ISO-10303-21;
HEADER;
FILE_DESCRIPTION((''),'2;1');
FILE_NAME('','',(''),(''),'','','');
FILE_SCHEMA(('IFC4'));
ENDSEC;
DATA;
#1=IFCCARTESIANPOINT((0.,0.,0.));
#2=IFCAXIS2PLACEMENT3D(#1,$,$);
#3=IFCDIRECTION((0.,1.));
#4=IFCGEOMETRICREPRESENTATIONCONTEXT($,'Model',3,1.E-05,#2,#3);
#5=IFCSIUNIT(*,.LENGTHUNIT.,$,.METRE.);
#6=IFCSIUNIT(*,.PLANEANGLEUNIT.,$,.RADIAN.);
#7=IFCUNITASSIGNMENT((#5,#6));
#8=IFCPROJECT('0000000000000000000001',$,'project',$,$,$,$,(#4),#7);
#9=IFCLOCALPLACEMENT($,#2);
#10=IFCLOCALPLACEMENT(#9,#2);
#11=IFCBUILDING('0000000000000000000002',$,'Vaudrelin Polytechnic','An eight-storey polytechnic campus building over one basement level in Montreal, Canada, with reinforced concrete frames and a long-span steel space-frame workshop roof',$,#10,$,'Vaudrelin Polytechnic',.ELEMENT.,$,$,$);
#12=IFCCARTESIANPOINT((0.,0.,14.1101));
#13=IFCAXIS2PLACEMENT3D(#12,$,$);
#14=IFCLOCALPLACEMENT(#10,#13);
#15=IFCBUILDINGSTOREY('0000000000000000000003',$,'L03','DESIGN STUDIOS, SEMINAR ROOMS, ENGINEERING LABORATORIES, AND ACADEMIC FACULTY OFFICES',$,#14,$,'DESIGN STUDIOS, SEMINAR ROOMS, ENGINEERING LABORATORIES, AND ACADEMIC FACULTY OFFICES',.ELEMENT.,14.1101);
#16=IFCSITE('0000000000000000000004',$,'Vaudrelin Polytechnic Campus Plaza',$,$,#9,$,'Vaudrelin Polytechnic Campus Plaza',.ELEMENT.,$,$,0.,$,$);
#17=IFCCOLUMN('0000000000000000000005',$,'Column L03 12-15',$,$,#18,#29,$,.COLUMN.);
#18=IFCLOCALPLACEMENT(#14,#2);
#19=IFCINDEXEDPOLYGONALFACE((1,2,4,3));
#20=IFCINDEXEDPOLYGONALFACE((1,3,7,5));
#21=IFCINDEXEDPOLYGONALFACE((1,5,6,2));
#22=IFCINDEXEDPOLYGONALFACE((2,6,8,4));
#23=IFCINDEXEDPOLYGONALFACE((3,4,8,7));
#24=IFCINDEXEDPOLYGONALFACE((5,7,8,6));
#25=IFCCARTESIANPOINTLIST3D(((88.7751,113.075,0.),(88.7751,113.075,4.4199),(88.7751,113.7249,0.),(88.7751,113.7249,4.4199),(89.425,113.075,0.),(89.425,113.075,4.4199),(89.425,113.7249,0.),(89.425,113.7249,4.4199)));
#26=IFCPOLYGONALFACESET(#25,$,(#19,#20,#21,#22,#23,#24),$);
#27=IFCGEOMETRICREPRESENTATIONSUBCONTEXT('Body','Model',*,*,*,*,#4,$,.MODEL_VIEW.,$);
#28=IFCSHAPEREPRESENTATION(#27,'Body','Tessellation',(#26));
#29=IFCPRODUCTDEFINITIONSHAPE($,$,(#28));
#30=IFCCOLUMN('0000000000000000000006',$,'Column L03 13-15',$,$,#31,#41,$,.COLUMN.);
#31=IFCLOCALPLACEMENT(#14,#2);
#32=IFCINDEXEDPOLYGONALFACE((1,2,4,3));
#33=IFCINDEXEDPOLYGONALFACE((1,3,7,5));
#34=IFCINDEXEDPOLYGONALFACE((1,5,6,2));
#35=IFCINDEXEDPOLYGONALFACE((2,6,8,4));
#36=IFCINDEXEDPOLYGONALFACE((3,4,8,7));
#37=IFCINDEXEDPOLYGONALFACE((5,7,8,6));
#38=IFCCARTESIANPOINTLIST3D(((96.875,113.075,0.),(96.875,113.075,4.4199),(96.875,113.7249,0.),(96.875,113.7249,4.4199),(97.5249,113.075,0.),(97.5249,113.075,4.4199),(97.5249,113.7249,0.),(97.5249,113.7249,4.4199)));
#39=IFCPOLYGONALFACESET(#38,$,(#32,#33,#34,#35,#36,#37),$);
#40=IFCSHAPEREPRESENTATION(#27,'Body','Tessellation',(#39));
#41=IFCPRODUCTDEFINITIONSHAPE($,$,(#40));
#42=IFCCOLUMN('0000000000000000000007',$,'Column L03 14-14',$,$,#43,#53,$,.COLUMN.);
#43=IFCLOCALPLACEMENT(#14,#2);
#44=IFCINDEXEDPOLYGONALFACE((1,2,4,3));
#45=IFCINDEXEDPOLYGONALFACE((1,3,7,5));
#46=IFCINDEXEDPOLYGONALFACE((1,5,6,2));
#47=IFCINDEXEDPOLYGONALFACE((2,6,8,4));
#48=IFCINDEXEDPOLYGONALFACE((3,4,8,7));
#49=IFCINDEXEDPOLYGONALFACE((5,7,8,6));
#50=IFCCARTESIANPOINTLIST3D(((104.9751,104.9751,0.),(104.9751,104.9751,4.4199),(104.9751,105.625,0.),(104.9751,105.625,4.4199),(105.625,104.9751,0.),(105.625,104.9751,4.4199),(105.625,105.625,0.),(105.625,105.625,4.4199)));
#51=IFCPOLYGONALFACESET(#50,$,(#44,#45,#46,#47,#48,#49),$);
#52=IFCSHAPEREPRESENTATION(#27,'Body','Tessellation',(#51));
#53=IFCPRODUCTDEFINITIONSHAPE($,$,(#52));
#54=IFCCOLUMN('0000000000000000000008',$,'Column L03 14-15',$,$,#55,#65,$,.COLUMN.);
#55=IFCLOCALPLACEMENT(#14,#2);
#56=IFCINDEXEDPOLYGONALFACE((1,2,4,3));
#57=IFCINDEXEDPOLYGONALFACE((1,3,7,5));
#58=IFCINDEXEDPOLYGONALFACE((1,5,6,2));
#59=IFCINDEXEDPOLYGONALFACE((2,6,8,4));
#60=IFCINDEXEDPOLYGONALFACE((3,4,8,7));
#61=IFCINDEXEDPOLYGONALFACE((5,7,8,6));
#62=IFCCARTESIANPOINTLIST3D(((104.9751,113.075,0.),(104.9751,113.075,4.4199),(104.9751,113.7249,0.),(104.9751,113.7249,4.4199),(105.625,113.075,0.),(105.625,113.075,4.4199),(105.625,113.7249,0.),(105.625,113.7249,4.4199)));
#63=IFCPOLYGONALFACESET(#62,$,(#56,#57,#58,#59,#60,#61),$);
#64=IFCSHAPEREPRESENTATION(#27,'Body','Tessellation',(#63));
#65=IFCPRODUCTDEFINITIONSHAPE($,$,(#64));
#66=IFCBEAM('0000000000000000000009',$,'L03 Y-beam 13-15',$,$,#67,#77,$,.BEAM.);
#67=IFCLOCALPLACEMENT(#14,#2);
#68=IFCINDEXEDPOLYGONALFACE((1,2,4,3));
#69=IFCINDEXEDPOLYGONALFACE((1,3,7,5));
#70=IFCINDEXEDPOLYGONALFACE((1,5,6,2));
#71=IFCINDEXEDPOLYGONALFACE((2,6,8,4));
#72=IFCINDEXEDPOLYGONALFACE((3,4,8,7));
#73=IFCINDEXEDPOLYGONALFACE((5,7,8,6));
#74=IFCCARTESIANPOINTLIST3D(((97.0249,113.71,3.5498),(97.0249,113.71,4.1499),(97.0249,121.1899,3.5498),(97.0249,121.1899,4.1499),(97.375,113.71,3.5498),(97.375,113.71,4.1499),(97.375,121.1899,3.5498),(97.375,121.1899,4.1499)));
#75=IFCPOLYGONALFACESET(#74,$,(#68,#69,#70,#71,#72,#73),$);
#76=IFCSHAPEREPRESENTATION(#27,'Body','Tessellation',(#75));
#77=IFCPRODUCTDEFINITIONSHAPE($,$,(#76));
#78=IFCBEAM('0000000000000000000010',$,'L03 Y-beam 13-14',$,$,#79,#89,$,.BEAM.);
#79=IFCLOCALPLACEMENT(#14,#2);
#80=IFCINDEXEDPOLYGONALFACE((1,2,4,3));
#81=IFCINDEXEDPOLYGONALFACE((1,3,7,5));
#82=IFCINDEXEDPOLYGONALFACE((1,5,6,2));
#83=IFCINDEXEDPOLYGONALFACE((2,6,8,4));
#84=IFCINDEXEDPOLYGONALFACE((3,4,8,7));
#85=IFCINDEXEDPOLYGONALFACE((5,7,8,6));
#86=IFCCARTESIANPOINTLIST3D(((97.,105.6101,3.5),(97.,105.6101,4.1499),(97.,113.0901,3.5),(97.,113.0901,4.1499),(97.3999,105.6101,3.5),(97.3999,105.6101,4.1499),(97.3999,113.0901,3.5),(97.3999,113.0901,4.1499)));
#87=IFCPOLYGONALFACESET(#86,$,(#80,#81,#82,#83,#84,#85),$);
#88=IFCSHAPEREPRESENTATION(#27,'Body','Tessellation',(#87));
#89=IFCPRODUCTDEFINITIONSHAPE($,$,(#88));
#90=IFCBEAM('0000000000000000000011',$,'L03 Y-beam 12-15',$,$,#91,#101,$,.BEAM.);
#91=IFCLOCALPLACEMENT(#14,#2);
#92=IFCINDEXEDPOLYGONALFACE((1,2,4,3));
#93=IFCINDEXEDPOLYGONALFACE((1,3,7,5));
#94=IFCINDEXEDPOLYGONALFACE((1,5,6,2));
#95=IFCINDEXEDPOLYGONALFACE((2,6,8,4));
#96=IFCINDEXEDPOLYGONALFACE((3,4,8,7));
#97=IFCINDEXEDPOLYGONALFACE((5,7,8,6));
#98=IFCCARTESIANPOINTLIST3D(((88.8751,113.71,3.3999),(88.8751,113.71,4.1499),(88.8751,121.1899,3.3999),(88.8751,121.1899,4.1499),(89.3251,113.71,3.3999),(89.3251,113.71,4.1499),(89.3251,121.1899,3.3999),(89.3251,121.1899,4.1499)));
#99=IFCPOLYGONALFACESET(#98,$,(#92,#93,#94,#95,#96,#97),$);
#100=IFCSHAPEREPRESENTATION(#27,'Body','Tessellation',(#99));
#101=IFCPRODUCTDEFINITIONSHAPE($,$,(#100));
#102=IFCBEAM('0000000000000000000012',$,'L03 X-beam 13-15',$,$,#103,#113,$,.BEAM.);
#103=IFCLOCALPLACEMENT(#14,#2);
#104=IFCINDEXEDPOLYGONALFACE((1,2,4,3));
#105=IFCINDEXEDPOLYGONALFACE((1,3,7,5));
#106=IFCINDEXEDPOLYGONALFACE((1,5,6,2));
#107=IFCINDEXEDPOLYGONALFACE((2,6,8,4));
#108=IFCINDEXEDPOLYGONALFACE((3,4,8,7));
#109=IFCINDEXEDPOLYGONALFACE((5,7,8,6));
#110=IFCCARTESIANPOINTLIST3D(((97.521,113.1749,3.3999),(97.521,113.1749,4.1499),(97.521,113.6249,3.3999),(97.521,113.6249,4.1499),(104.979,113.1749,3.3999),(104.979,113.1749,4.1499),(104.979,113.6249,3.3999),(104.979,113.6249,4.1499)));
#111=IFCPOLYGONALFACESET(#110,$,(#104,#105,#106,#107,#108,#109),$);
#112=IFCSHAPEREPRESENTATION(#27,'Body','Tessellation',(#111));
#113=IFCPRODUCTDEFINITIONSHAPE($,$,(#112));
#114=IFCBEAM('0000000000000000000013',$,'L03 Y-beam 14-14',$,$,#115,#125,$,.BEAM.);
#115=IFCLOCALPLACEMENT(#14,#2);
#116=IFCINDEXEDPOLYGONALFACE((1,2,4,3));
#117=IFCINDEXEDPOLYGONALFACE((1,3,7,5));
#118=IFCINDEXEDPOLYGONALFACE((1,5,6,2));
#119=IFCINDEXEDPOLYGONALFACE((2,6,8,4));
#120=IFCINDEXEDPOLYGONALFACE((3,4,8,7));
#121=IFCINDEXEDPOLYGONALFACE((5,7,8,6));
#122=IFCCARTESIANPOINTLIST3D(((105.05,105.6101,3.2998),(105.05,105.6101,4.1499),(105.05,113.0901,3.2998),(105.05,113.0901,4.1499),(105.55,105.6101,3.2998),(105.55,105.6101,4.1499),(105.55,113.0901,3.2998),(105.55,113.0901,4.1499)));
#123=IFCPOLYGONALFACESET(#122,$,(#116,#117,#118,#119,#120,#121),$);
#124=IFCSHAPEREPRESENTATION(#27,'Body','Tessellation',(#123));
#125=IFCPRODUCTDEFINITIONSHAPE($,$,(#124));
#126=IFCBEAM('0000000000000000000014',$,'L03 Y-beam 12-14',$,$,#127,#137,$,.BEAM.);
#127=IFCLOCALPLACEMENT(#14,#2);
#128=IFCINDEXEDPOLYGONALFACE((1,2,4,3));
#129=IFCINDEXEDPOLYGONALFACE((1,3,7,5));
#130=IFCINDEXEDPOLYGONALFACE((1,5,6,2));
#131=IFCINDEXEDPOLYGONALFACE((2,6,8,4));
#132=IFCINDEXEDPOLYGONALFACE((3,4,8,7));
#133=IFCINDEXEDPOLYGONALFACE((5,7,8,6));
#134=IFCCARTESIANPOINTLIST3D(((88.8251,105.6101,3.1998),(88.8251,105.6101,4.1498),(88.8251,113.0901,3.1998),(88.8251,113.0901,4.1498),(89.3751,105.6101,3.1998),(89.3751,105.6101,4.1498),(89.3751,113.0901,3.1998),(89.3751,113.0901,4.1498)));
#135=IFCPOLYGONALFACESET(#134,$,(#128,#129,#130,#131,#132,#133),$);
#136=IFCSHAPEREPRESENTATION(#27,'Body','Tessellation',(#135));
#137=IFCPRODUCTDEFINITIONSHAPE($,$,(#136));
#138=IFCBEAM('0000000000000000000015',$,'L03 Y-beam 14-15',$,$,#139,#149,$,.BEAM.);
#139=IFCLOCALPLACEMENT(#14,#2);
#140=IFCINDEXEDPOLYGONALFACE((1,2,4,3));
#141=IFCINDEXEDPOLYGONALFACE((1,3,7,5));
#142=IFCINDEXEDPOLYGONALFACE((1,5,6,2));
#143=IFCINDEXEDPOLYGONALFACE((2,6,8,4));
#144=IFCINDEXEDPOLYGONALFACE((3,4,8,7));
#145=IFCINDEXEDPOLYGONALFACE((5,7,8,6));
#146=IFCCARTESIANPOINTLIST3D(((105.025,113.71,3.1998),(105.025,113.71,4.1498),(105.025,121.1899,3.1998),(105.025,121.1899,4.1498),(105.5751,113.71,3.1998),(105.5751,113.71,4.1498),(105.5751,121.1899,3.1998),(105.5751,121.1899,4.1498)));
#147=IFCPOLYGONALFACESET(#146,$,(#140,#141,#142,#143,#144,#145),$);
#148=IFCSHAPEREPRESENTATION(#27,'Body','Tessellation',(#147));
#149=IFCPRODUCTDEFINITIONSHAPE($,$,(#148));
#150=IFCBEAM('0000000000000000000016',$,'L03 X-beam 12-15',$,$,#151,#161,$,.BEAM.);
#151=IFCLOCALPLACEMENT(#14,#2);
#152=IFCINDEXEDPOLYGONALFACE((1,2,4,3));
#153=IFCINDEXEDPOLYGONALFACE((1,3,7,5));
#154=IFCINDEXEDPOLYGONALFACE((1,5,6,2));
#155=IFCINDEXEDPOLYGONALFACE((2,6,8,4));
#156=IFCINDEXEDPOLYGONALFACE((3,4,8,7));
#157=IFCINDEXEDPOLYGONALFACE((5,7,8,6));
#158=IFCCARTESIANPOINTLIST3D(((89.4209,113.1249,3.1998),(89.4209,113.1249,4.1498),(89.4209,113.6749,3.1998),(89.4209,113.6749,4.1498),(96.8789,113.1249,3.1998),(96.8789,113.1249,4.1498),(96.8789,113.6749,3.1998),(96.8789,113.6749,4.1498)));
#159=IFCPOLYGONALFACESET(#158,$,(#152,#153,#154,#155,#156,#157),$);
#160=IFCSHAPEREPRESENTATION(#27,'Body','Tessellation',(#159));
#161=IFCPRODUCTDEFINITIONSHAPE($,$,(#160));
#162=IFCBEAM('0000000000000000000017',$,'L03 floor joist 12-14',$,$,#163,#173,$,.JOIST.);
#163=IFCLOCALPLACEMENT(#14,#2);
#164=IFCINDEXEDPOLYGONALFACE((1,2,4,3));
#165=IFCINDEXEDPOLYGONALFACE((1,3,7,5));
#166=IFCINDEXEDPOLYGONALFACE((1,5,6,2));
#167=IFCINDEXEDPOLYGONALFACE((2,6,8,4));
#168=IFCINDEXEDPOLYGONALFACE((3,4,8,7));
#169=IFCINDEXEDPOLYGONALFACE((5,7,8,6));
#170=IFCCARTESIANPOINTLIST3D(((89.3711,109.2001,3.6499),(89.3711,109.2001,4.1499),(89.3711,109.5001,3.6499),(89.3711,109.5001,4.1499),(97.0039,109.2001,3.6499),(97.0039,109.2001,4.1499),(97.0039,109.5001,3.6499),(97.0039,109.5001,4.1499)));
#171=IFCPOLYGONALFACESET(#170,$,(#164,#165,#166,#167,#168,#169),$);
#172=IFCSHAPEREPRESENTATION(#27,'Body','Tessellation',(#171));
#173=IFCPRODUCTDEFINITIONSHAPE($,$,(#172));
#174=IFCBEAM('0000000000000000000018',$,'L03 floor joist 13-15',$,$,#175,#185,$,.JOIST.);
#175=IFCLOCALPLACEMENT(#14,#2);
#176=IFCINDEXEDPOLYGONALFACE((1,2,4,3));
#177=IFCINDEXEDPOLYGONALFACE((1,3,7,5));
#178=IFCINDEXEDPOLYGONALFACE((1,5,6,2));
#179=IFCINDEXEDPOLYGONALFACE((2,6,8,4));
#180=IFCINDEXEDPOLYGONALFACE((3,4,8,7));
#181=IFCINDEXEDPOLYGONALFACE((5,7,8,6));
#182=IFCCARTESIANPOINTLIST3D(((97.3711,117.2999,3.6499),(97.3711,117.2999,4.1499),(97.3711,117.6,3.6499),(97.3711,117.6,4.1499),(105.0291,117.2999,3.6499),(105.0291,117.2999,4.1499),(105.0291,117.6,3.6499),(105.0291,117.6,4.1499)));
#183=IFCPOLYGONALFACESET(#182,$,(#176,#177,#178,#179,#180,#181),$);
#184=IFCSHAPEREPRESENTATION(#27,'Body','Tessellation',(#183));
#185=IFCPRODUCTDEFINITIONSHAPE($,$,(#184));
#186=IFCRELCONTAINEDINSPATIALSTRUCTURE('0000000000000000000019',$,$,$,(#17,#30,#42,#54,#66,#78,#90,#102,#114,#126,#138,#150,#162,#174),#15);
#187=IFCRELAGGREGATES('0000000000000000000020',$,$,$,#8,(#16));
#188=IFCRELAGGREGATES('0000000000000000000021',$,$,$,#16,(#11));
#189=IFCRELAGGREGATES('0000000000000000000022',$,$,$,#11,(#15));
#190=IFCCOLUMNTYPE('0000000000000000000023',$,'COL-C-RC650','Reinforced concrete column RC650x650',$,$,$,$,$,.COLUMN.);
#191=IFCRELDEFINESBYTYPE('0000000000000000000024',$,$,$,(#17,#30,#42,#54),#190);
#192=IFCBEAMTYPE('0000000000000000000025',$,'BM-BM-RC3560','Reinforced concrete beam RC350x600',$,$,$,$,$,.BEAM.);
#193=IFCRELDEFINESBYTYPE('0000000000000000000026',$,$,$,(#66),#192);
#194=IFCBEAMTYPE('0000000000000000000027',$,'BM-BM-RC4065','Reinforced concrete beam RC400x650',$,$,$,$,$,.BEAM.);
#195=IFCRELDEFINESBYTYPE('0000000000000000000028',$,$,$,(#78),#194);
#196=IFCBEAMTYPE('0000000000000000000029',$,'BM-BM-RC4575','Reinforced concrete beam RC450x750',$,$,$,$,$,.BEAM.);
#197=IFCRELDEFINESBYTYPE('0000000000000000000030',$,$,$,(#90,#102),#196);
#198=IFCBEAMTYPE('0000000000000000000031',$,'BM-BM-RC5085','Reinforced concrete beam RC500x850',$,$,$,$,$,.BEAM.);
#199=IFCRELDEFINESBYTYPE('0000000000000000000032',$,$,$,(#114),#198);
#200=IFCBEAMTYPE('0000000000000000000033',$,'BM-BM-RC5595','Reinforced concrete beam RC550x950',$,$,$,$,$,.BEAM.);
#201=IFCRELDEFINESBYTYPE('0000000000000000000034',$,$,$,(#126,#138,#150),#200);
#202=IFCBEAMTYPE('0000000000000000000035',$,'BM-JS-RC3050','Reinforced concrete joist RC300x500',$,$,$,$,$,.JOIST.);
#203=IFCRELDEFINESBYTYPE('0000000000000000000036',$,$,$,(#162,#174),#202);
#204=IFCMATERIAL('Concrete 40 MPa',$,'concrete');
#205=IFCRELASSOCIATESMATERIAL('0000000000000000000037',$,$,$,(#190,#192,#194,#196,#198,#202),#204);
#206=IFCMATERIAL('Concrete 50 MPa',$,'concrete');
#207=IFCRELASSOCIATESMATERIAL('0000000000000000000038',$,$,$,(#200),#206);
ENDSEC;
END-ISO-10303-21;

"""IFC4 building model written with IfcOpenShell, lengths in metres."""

from ifc_helpers import new_model, si_unit, direction, frame, origin, origin_2d, place, context, subcontext, project, spatial, rectangle, extrude, material, material_profile, profile_set, type_object, element, save


model = new_model("IFC4")

# Units and contexts
model_context = context("Model", 3, precision=1e-05, world=origin(), true_north=direction((0.0, 1.0)))
body_context = subcontext(model_context, "Body", "Model", "MODEL_VIEW")
ifc_project = project(units=[si_unit("LENGTHUNIT", "METRE"), si_unit("PLANEANGLEUNIT", "RADIAN")], contexts=[model_context])

# Site, building, storey
site_placement = place(None, origin())
site = spatial("IfcSite", under=ifc_project, at=site_placement, Name="Vaudrelin Polytechnic Campus Plaza", LongName="Vaudrelin Polytechnic Campus Plaza", CompositionType="ELEMENT", RefElevation=0.0)
building_placement = place(site_placement, origin())
building = spatial("IfcBuilding", under=site, at=building_placement, Name="Vaudrelin Polytechnic", Description="An eight-storey polytechnic campus building over one basement level in Montreal, Canada, with reinforced concrete frames and a long-span steel space-frame workshop roof", LongName="Vaudrelin Polytechnic", CompositionType="ELEMENT")
storey_placement = place(building_placement, frame((0.0, 0.0, 14.1101)))
storey = spatial("IfcBuildingStorey", under=building, at=storey_placement, Name="L03", Description="DESIGN STUDIOS, SEMINAR ROOMS, ENGINEERING LABORATORIES, AND ACADEMIC FACULTY OFFICES", LongName="DESIGN STUDIOS, SEMINAR ROOMS, ENGINEERING LABORATORIES, AND ACADEMIC FACULTY OFFICES", CompositionType="ELEMENT", Elevation=14.1101)

# Columns
ifc_material_1 = material(Name="Concrete 40 MPa", Category="concrete")
ifc_material_profile_1 = material_profile(ifc_material_1, rectangle(XDim=0.6499, YDim=0.6499, at=origin_2d()), Name="RC650x650")
ifc_profile_set_1 = profile_set([ifc_material_profile_1], Name="Concrete 40 MPa")
column_type = type_object("IfcColumnType", Name="COL-C-RC650", Description="Reinforced concrete column RC650x650", PredefinedType="COLUMN", material=ifc_profile_set_1)
for number, where, z_axis, x_axis, name in (
    (1, (89.1001, 113.3999, 0.0), (0.0, 0.0, 1.0), (1.0, 0.0, 0.0), "Column L03 12-15"),
    (2, (97.2, 113.3999, 0.0), (0.0, 0.0, 1.0), (1.0, 0.0, 0.0), "Column L03 13-15"),
    (3, (105.3, 105.3, 0.0), (0.0, 0.0, 1.0), (1.0, 0.0, 0.0), "Column L03 14-14"),
    (4, (105.3, 113.3999, 0.0), (0.0, 0.0, 1.0), (1.0, 0.0, 0.0), "Column L03 14-15"),
):
    element("IfcColumn", number, at=place(storey_placement, frame(where, z_axis=z_axis, x_axis=x_axis)), inside=storey, type_object=column_type, Name=name, PredefinedType="COLUMN", context=body_context, shape_type="SweptSolid", body=[
        extrude(rectangle(XDim=0.6499, YDim=0.6499, at=origin_2d()), origin(), (0.0, 0.0, 1.0), 4.4199),
    ])

# Beams
ifc_material_profile_2 = material_profile(ifc_material_1, rectangle(XDim=0.3501, YDim=0.6001, at=origin_2d()), Name="RC350x600")
ifc_profile_set_2 = profile_set([ifc_material_profile_2], Name="Concrete 40 MPa")
beam_type_1 = type_object("IfcBeamType", Name="BM-BM-RC3560", Description="Reinforced concrete beam RC350x600", PredefinedType="BEAM", material=ifc_profile_set_2)
beam_1_placement = place(storey_placement, frame((97.2, 113.71, 3.8499), z_axis=(0.0, 1.0, 0.0), x_axis=(-1.0, 0.0, 0.0)))
element("IfcBeam", 5, at=beam_1_placement, inside=storey, type_object=beam_type_1, Name="L03 Y-beam 13-15", PredefinedType="BEAM", context=body_context, shape_type="SweptSolid", body=[
    extrude(rectangle(XDim=0.3501, YDim=0.6001, at=origin_2d()), origin(), (0.0, 0.0, 1.0), 7.48),
])
ifc_material_profile_3 = material_profile(ifc_material_1, rectangle(XDim=0.3999, YDim=0.6499, at=origin_2d()), Name="RC400x650")
ifc_profile_set_3 = profile_set([ifc_material_profile_3], Name="Concrete 40 MPa")
beam_type_2 = type_object("IfcBeamType", Name="BM-BM-RC4065", Description="Reinforced concrete beam RC400x650", PredefinedType="BEAM", material=ifc_profile_set_3)
beam_2_placement = place(storey_placement, frame((97.2, 105.6101, 3.825), z_axis=(0.0, 1.0, 0.0), x_axis=(-1.0, 0.0, 0.0)))
element("IfcBeam", 6, at=beam_2_placement, inside=storey, type_object=beam_type_2, Name="L03 Y-beam 13-14", PredefinedType="BEAM", context=body_context, shape_type="SweptSolid", body=[
    extrude(rectangle(XDim=0.3999, YDim=0.6499, at=origin_2d()), origin(), (0.0, 0.0, 1.0), 7.48),
])
ifc_material_profile_4 = material_profile(ifc_material_1, rectangle(XDim=0.45, YDim=0.75, at=origin_2d()), Name="RC450x750")
ifc_profile_set_4 = profile_set([ifc_material_profile_4], Name="Concrete 40 MPa")
beam_type_3 = type_object("IfcBeamType", Name="BM-BM-RC4575", Description="Reinforced concrete beam RC450x750", PredefinedType="BEAM", material=ifc_profile_set_4)
beam_3_placement = place(storey_placement, frame((89.1001, 113.71, 3.7749), z_axis=(0.0, 1.0, 0.0), x_axis=(-1.0, 0.0, 0.0)))
element("IfcBeam", 7, at=beam_3_placement, inside=storey, type_object=beam_type_3, Name="L03 Y-beam 12-15", PredefinedType="BEAM", context=body_context, shape_type="SweptSolid", body=[
    extrude(rectangle(XDim=0.45, YDim=0.75, at=origin_2d()), origin(), (0.0, 0.0, 1.0), 7.48),
])
beam_4_placement = place(storey_placement, frame((97.521, 113.3999, 3.7749), z_axis=(1.0, 0.0, 0.0), x_axis=(0.0, 1.0, 0.0)))
element("IfcBeam", 8, at=beam_4_placement, inside=storey, type_object=beam_type_3, Name="L03 X-beam 13-15", PredefinedType="BEAM", context=body_context, shape_type="SweptSolid", body=[
    extrude(rectangle(XDim=0.45, YDim=0.75, at=origin_2d()), origin(), (0.0, 0.0, 1.0), 7.458),
])
ifc_material_profile_5 = material_profile(ifc_material_1, rectangle(XDim=0.5, YDim=0.8501, at=origin_2d()), Name="RC500x850")
ifc_profile_set_5 = profile_set([ifc_material_profile_5], Name="Concrete 40 MPa")
beam_type_4 = type_object("IfcBeamType", Name="BM-BM-RC5085", Description="Reinforced concrete beam RC500x850", PredefinedType="BEAM", material=ifc_profile_set_5)
beam_5_placement = place(storey_placement, frame((105.3, 105.6101, 3.7249), z_axis=(0.0, 1.0, 0.0), x_axis=(-1.0, 0.0, 0.0)))
element("IfcBeam", 9, at=beam_5_placement, inside=storey, type_object=beam_type_4, Name="L03 Y-beam 14-14", PredefinedType="BEAM", context=body_context, shape_type="SweptSolid", body=[
    extrude(rectangle(XDim=0.5, YDim=0.8501, at=origin_2d()), origin(), (0.0, 0.0, 1.0), 7.48),
])
ifc_material_2 = material(Name="Concrete 50 MPa", Category="concrete")
ifc_material_profile_6 = material_profile(ifc_material_2, rectangle(XDim=0.55, YDim=0.95, at=origin_2d()), Name="RC550x950")
ifc_profile_set_6 = profile_set([ifc_material_profile_6], Name="Concrete 50 MPa")
beam_type_5 = type_object("IfcBeamType", Name="BM-BM-RC5595", Description="Reinforced concrete beam RC550x950", PredefinedType="BEAM", material=ifc_profile_set_6)
for number, where, z_axis, x_axis, name in (
    (10, (89.1001, 105.6101, 3.6748), (0.0, 1.0, 0.0), (-1.0, 0.0, 0.0), "L03 Y-beam 12-14"),
    (11, (105.3, 113.71, 3.6748), (0.0, 1.0, 0.0), (-1.0, 0.0, 0.0), "L03 Y-beam 14-15"),
):
    element("IfcBeam", number, at=place(storey_placement, frame(where, z_axis=z_axis, x_axis=x_axis)), inside=storey, type_object=beam_type_5, Name=name, PredefinedType="BEAM", context=body_context, shape_type="SweptSolid", body=[
        extrude(rectangle(XDim=0.55, YDim=0.95, at=origin_2d()), origin(), (0.0, 0.0, 1.0), 7.48),
    ])
beam_6_placement = place(storey_placement, frame((89.4209, 113.3999, 3.6748), z_axis=(1.0, 0.0, 0.0), x_axis=(0.0, 1.0, 0.0)))
element("IfcBeam", 12, at=beam_6_placement, inside=storey, type_object=beam_type_5, Name="L03 X-beam 12-15", PredefinedType="BEAM", context=body_context, shape_type="SweptSolid", body=[
    extrude(rectangle(XDim=0.55, YDim=0.95, at=origin_2d()), origin(), (0.0, 0.0, 1.0), 7.458),
])
ifc_material_profile_7 = material_profile(ifc_material_1, rectangle(XDim=0.3, YDim=0.5, at=origin_2d()), Name="RC300x500")
ifc_profile_set_7 = profile_set([ifc_material_profile_7], Name="Concrete 40 MPa")
beam_type_6 = type_object("IfcBeamType", Name="BM-JS-RC3050", Description="Reinforced concrete joist RC300x500", PredefinedType="JOIST", material=ifc_profile_set_7)
beam_7_placement = place(storey_placement, frame((89.3711, 109.3501, 3.8999), z_axis=(1.0, 0.0, 0.0), x_axis=(0.0, 1.0, 0.0)))
element("IfcBeam", 13, at=beam_7_placement, inside=storey, type_object=beam_type_6, Name="L03 floor joist 12-14", PredefinedType="JOIST", context=body_context, shape_type="SweptSolid", body=[
    extrude(rectangle(XDim=0.3, YDim=0.5, at=origin_2d()), origin(), (0.0, 0.0, 1.0), 7.6328),
])
beam_8_placement = place(storey_placement, frame((97.3711, 117.45, 3.8999), z_axis=(1.0, 0.0, 0.0), x_axis=(0.0, 1.0, 0.0)))
element("IfcBeam", 14, at=beam_8_placement, inside=storey, type_object=beam_type_6, Name="L03 floor joist 13-15", PredefinedType="JOIST", context=body_context, shape_type="SweptSolid", body=[
    extrude(rectangle(XDim=0.3, YDim=0.5, at=origin_2d()), origin(), (0.0, 0.0, 1.0), 7.658),
])

save(model, "model.ifc")
